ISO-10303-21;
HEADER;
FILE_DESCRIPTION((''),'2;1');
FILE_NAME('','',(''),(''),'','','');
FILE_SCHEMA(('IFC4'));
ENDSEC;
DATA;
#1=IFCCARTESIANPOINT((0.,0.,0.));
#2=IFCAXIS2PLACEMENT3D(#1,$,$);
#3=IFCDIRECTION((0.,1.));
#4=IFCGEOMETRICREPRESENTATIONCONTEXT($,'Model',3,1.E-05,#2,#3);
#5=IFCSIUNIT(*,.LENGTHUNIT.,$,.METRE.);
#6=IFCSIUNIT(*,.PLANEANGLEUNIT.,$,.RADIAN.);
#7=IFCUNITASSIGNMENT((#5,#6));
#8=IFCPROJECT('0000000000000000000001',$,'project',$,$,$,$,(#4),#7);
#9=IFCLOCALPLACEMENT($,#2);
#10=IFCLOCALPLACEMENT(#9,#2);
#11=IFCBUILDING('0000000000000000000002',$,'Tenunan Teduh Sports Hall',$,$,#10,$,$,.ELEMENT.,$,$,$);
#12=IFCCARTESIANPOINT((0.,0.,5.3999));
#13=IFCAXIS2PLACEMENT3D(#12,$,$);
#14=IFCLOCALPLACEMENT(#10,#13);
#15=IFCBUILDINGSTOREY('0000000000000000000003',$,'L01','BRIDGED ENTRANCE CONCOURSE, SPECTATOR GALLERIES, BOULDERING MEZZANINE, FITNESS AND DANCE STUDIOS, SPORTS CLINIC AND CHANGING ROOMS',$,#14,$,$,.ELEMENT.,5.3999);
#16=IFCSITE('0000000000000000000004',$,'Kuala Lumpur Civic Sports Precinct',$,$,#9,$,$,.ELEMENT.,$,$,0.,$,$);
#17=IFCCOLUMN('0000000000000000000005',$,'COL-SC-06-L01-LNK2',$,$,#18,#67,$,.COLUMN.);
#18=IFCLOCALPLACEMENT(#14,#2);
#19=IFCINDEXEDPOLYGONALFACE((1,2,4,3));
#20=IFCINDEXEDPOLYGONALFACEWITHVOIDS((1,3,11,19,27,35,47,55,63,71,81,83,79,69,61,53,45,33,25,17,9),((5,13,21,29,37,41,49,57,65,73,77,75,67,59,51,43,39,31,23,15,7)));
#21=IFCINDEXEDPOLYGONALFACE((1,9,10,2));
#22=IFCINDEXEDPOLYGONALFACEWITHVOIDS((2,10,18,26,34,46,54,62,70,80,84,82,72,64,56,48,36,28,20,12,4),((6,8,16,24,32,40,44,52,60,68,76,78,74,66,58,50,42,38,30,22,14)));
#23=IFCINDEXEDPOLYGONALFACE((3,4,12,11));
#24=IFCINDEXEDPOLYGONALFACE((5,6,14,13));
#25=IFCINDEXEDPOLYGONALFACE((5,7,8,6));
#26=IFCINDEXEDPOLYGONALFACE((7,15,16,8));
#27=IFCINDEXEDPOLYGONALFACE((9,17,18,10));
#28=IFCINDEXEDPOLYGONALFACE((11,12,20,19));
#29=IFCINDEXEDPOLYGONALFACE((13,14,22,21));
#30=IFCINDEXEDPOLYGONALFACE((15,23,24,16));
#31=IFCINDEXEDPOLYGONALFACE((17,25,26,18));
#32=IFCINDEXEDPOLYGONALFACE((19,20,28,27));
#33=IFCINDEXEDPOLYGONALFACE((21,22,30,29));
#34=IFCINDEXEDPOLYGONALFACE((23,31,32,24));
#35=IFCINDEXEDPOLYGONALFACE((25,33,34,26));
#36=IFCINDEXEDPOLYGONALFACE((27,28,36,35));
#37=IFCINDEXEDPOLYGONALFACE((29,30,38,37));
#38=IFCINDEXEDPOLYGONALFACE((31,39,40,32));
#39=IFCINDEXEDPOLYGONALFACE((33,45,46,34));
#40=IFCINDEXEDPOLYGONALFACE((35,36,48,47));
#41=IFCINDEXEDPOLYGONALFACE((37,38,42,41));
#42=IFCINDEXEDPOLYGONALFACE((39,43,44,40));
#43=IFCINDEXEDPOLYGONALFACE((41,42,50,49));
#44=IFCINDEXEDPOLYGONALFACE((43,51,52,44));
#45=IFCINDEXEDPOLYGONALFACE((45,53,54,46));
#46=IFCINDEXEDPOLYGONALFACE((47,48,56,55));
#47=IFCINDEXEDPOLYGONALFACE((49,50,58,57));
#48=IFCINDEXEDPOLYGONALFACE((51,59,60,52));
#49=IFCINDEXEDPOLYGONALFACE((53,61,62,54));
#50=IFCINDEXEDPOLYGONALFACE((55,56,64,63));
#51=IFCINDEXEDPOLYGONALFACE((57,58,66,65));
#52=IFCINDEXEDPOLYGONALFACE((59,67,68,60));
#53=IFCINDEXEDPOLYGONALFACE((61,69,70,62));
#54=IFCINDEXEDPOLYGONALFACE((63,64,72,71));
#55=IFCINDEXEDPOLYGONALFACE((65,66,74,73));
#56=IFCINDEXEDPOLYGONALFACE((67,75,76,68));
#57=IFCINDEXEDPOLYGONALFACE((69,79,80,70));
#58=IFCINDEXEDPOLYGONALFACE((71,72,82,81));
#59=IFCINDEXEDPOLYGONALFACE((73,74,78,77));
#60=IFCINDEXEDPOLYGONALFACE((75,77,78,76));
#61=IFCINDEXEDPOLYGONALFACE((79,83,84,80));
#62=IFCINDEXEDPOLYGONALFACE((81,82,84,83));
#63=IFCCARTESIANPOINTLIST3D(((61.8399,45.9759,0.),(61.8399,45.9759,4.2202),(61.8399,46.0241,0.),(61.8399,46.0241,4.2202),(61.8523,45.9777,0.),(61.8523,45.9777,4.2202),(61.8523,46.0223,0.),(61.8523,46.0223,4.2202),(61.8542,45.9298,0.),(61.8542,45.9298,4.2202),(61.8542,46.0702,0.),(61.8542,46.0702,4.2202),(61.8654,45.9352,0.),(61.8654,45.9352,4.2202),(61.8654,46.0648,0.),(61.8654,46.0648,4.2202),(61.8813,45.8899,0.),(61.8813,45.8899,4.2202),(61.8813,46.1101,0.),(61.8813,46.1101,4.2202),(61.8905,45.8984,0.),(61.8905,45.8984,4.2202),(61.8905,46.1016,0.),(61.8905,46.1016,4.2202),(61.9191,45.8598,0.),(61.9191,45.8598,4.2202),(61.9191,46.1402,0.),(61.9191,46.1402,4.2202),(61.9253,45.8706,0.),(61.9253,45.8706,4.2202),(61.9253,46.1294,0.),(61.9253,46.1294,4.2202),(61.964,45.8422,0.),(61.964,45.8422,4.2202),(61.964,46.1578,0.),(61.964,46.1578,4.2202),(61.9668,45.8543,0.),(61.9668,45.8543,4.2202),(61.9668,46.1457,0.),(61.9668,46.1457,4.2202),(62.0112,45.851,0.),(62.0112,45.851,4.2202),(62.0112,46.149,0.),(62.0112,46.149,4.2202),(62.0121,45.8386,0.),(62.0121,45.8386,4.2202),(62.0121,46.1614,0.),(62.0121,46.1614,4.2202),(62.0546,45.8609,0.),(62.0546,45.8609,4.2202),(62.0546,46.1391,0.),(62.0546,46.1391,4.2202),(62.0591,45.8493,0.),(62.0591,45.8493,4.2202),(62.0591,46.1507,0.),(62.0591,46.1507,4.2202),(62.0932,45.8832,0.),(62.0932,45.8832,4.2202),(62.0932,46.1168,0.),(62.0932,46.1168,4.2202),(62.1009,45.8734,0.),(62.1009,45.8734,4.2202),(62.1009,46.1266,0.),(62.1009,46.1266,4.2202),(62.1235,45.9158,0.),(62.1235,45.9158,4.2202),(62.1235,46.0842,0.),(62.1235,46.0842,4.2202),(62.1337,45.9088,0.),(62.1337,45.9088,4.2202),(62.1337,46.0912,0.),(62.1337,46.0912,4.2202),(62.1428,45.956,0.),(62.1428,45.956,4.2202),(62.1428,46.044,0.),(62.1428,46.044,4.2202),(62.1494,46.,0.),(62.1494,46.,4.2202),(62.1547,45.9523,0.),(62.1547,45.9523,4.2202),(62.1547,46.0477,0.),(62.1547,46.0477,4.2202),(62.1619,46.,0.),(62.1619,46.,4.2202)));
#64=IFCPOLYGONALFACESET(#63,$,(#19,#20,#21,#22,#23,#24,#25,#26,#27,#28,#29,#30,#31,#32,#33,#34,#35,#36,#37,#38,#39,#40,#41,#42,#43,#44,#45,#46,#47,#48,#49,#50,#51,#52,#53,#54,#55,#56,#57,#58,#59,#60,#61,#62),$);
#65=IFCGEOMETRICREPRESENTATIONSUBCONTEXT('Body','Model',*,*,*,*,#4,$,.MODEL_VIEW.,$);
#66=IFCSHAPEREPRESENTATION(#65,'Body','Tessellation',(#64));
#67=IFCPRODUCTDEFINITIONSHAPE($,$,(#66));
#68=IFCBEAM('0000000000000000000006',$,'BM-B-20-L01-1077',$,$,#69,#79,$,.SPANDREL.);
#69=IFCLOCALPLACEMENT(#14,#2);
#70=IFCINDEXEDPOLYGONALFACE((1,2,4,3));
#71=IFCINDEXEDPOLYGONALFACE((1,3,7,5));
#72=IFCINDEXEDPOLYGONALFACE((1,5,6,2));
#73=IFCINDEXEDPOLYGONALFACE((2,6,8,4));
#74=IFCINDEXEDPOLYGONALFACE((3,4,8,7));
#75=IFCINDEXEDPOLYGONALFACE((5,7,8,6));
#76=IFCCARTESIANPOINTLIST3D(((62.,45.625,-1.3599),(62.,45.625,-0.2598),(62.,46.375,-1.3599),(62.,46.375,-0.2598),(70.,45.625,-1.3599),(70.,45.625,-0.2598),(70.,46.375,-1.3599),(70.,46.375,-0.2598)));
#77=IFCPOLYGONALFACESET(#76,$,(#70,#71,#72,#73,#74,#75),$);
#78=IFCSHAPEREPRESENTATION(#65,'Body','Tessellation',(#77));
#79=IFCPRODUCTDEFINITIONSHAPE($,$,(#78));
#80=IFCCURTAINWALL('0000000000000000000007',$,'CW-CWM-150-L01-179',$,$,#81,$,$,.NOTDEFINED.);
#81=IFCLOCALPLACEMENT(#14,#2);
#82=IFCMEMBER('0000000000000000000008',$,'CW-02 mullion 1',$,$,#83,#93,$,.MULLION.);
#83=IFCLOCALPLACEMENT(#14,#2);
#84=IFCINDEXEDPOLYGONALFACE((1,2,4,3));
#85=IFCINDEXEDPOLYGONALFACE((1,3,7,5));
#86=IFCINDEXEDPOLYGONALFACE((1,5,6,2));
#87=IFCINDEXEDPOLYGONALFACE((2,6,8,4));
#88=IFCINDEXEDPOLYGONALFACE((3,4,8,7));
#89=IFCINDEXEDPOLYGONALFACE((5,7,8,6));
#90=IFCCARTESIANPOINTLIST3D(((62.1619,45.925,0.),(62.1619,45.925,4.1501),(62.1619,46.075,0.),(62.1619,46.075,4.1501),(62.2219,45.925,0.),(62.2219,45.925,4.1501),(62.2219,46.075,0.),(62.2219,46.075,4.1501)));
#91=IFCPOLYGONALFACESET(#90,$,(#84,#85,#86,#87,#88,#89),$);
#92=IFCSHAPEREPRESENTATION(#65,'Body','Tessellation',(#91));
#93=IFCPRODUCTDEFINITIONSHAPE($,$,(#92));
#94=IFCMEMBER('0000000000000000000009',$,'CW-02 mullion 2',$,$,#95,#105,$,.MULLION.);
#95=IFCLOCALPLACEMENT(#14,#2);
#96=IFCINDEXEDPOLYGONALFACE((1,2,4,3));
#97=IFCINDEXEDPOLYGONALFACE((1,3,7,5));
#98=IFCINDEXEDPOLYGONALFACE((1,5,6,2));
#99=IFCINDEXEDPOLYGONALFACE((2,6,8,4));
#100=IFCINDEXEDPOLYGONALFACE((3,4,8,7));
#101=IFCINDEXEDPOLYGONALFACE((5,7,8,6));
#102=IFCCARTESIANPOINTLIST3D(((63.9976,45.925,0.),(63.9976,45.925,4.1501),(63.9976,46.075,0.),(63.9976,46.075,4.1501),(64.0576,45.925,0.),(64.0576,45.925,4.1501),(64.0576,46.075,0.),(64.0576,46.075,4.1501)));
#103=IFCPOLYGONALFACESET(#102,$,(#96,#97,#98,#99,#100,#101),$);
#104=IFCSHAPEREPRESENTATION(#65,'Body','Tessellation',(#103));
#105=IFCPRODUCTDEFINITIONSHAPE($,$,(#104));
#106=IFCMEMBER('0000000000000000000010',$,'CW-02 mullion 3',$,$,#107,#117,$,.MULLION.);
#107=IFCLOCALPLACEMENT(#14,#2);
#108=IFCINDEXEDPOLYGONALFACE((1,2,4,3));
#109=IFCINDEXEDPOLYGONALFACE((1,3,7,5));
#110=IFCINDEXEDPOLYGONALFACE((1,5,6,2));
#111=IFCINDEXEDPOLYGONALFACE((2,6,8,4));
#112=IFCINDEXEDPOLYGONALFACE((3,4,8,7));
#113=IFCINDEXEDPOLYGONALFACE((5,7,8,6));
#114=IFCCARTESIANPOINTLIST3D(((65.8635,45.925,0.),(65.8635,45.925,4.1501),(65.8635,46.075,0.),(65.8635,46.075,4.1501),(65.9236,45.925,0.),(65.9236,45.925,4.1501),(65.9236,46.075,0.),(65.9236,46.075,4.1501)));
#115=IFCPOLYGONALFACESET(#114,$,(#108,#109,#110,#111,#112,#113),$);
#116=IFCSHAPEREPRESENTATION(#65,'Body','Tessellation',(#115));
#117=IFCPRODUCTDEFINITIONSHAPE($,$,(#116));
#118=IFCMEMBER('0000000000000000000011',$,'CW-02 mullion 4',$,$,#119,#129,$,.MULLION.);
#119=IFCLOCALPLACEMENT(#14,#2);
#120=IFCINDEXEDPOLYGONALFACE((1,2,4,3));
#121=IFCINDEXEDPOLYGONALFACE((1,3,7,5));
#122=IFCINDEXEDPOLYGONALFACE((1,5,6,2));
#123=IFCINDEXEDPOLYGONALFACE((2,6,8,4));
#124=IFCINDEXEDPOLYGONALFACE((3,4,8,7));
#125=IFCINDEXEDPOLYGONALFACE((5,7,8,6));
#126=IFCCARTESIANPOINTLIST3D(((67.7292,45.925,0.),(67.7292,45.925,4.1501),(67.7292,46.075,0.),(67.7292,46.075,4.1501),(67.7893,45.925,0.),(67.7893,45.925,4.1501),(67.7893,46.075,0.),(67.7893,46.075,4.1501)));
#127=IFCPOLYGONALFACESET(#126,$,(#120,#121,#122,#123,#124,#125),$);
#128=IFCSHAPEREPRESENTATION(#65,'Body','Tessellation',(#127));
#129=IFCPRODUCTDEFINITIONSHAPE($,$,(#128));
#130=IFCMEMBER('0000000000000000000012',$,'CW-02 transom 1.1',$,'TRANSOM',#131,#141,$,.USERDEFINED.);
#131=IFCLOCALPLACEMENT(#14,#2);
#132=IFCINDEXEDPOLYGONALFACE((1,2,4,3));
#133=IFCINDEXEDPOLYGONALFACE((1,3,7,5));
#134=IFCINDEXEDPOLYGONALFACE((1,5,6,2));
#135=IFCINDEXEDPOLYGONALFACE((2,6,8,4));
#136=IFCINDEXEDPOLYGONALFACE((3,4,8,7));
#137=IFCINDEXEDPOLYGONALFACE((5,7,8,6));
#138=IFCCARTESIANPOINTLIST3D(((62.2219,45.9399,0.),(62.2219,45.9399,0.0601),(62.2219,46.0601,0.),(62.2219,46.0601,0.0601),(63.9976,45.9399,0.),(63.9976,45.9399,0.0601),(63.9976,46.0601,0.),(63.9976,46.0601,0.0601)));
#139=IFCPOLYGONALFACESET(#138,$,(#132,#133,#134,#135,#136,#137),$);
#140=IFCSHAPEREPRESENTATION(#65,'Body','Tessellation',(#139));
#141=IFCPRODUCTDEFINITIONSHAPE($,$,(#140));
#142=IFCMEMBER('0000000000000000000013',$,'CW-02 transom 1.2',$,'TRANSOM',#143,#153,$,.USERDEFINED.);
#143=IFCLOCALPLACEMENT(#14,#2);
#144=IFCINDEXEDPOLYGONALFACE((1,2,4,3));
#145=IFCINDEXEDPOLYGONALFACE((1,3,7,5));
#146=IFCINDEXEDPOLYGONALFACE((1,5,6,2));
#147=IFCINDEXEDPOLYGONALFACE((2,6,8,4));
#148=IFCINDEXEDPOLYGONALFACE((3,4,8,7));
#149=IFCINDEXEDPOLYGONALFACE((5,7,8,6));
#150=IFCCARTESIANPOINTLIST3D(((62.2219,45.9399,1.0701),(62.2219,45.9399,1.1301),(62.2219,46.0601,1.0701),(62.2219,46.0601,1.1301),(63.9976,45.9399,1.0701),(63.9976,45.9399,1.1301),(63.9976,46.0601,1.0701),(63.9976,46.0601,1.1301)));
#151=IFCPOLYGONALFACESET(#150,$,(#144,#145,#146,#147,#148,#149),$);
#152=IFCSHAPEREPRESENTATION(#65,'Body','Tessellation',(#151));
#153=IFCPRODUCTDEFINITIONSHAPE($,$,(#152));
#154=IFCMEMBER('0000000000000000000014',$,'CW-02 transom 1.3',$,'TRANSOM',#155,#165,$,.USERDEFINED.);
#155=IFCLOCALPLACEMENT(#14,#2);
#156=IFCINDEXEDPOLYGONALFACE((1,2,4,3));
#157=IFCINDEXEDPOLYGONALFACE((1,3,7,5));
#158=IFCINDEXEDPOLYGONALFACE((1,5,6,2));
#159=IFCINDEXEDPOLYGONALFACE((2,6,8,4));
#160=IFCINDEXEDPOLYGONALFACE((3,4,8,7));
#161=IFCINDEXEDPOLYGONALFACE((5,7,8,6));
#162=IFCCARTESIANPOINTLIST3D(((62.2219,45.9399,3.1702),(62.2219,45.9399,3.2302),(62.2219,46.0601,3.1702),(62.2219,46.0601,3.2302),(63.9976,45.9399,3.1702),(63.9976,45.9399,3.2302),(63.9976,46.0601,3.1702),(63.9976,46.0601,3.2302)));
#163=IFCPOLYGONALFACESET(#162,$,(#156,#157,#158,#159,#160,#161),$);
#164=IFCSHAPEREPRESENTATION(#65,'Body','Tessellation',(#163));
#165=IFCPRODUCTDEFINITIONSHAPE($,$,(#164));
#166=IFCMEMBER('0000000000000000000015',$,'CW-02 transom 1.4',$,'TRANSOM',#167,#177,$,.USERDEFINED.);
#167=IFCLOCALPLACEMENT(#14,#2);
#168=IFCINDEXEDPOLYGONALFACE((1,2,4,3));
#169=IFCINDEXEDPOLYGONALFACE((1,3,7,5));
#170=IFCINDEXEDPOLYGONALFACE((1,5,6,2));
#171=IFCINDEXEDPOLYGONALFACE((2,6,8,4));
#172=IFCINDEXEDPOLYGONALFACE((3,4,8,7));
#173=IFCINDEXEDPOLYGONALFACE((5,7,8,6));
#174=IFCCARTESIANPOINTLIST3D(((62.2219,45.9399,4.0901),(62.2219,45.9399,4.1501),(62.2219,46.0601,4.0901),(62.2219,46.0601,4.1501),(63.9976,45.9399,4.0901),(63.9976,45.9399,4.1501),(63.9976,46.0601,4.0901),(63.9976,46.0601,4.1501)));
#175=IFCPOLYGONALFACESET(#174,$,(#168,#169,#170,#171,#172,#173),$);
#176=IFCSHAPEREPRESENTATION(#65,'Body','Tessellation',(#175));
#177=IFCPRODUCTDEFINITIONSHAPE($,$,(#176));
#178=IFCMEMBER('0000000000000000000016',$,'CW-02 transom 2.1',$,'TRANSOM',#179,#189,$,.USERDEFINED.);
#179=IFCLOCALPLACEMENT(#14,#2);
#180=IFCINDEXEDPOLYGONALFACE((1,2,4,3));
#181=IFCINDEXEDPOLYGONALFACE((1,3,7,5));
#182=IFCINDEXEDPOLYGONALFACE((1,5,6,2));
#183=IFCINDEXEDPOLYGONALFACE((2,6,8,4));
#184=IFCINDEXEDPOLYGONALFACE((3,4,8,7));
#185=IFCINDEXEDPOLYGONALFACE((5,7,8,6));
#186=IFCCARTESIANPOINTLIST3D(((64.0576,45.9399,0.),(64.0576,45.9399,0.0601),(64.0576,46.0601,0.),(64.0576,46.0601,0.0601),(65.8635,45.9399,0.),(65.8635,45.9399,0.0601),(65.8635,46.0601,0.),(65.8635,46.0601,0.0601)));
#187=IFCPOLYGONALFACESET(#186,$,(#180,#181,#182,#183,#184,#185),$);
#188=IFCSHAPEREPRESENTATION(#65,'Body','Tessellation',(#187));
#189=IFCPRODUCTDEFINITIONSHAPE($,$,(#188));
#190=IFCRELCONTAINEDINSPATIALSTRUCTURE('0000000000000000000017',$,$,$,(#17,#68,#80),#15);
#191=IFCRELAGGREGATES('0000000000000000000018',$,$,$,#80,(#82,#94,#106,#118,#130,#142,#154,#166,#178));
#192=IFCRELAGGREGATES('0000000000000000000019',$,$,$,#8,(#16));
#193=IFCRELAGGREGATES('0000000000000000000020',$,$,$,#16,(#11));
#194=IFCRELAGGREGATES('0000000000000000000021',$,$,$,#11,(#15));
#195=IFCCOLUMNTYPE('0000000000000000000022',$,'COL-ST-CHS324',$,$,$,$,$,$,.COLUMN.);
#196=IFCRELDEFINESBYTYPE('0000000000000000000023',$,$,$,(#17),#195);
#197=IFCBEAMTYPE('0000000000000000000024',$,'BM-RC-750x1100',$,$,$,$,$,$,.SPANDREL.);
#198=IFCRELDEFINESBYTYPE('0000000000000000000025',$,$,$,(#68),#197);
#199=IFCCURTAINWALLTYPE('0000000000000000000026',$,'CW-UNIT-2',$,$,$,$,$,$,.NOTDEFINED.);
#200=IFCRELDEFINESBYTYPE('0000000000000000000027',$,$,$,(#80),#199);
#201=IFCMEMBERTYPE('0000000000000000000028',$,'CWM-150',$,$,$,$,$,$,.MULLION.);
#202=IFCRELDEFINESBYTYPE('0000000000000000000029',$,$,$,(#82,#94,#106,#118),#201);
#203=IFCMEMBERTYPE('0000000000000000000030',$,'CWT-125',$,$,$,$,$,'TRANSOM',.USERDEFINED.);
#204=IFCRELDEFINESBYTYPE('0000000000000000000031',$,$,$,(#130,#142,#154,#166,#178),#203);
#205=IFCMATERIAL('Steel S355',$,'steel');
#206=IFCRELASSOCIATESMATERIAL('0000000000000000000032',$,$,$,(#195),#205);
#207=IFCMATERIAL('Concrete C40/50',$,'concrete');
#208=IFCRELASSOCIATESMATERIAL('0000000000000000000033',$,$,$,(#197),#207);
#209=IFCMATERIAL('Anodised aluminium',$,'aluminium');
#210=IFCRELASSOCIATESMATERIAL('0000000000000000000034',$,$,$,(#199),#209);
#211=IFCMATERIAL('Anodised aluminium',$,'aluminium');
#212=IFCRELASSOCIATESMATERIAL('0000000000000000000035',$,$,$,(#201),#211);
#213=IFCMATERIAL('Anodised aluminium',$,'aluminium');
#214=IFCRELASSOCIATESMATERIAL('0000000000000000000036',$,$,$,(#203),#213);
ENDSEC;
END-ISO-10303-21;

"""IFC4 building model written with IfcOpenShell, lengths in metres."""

from ifc_helpers import new_model, si_unit, direction, frame, origin, origin_2d, place, context, subcontext, project, spatial, rectangle, hollow_circle, extrude, material, material_profile, profile_set, type_object, element, aggregate, save


model = new_model("IFC4")

# Units and contexts
model_context = context("Model", 3, precision=1e-05, world=origin(), true_north=direction((0.0, 1.0)))
body_context = subcontext(model_context, "Body", "Model", "MODEL_VIEW")
ifc_project = project(units=[si_unit("LENGTHUNIT", "METRE"), si_unit("PLANEANGLEUNIT", "RADIAN")], contexts=[model_context])

# Site, building, storey
site_placement = place(None, origin())
site = spatial("IfcSite", under=ifc_project, at=site_placement, Name="Kuala Lumpur Civic Sports Precinct", CompositionType="ELEMENT", RefElevation=0.0)
building_placement = place(site_placement, origin())
building = spatial("IfcBuilding", under=site, at=building_placement, Name="Tenunan Teduh Sports Hall", CompositionType="ELEMENT")
storey_placement = place(building_placement, frame((0.0, 0.0, 5.3999)))
storey = spatial("IfcBuildingStorey", under=building, at=storey_placement, Name="L01", Description="BRIDGED ENTRANCE CONCOURSE, SPECTATOR GALLERIES, BOULDERING MEZZANINE, FITNESS AND DANCE STUDIOS, SPORTS CLINIC AND CHANGING ROOMS", CompositionType="ELEMENT", Elevation=5.3999)

# Column
ifc_material_1 = material(Name="Steel S355", Category="steel")
ifc_material_profile_1 = material_profile(ifc_material_1, hollow_circle(Radius=0.1619, WallThickness=0.0125, at=origin_2d()), Name="CHS 323.9x12.5")
ifc_profile_set_1 = profile_set([ifc_material_profile_1], Name="Steel S355")
column_type = type_object("IfcColumnType", Name="COL-ST-CHS324", PredefinedType="COLUMN", material=ifc_profile_set_1)
column_placement = place(storey_placement, frame((62.0, 46.0, 0.0), z_axis=(0.0, 0.0, 1.0), x_axis=(1.0, 0.0, 0.0)))
element("IfcColumn", 1, at=column_placement, inside=storey, type_object=column_type, Name="COL-SC-06-L01-LNK2", PredefinedType="COLUMN", context=body_context, shape_type="SweptSolid", body=[
    extrude(hollow_circle(Radius=0.1619, WallThickness=0.0125, at=origin_2d()), origin(), (0.0, 0.0, 1.0), 4.2202),
])

# Beam
ifc_material_2 = material(Name="Concrete C40/50", Category="concrete")
ifc_material_profile_2 = material_profile(ifc_material_2, rectangle(XDim=0.75, YDim=1.1001, at=origin_2d()), Name="RCB 750x1100")
ifc_profile_set_2 = profile_set([ifc_material_profile_2], Name="Concrete C40/50")
beam_type_1 = type_object("IfcBeamType", Name="BM-RC-750x1100", PredefinedType="SPANDREL", material=ifc_profile_set_2)
beam_1_placement = place(storey_placement, frame((62.0, 46.0, -0.8098), z_axis=(1.0, 0.0, 0.0), x_axis=(0.0, 1.0, 0.0)))
element("IfcBeam", 2, at=beam_1_placement, inside=storey, type_object=beam_type_1, Name="BM-B-20-L01-1077", PredefinedType="SPANDREL", context=body_context, shape_type="SweptSolid", body=[
    extrude(rectangle(XDim=0.75, YDim=1.1001, at=origin_2d()), origin(), (0.0, 0.0, 1.0), 8.0),
])

# Curtain wall, members
ifc_material_3 = material(Name="Anodised aluminium", Category="aluminium")
curtain_wall_type = type_object("IfcCurtainWallType", Name="CW-UNIT-2", PredefinedType="NOTDEFINED", material=ifc_material_3)
curtain_wall_placement = place(storey_placement, origin())
curtain_wall = element("IfcCurtainWall", 3, at=curtain_wall_placement, inside=storey, type_object=curtain_wall_type, Name="CW-CWM-150-L01-179", PredefinedType="NOTDEFINED")
ifc_material_4 = material(Name="Anodised aluminium", Category="aluminium")
ifc_material_profile_3 = material_profile(ifc_material_4, rectangle(XDim=0.0601, YDim=0.1499, at=origin_2d()), Name="CWM 60x150")
ifc_profile_set_3 = profile_set([ifc_material_profile_3], Name="Anodised aluminium")
member_type_1 = type_object("IfcMemberType", Name="CWM-150", PredefinedType="MULLION", material=ifc_profile_set_3)
member_1_placement = place(storey_placement, frame((62.1919, 46.0, 0.0), z_axis=(0.0, 0.0, 1.0), x_axis=(1.0, 0.0, 0.0)))
member_1 = element("IfcMember", 4, at=member_1_placement, type_object=member_type_1, Name="CW-02 mullion 1", PredefinedType="MULLION", context=body_context, shape_type="SweptSolid", body=[
    extrude(rectangle(XDim=0.0601, YDim=0.1499, at=origin_2d()), origin(), (0.0, 0.0, 1.0), 4.1501),
])
member_2_placement = place(storey_placement, frame((64.0276, 46.0, 0.0), z_axis=(0.0, 0.0, 1.0), x_axis=(1.0, 0.0, 0.0)))
member_2 = element("IfcMember", 5, at=member_2_placement, type_object=member_type_1, Name="CW-02 mullion 2", PredefinedType="MULLION", context=body_context, shape_type="SweptSolid", body=[
    extrude(rectangle(XDim=0.0601, YDim=0.1499, at=origin_2d()), origin(), (0.0, 0.0, 1.0), 4.1501),
])
member_3_placement = place(storey_placement, frame((65.8936, 46.0, 0.0), z_axis=(0.0, 0.0, 1.0), x_axis=(1.0, 0.0, 0.0)))
member_3 = element("IfcMember", 6, at=member_3_placement, type_object=member_type_1, Name="CW-02 mullion 3", PredefinedType="MULLION", context=body_context, shape_type="SweptSolid", body=[
    extrude(rectangle(XDim=0.0601, YDim=0.1499, at=origin_2d()), origin(), (0.0, 0.0, 1.0), 4.1501),
])
member_4_placement = place(storey_placement, frame((67.7593, 46.0, 0.0), z_axis=(0.0, 0.0, 1.0), x_axis=(1.0, 0.0, 0.0)))
member_4 = element("IfcMember", 7, at=member_4_placement, type_object=member_type_1, Name="CW-02 mullion 4", PredefinedType="MULLION", context=body_context, shape_type="SweptSolid", body=[
    extrude(rectangle(XDim=0.0601, YDim=0.1499, at=origin_2d()), origin(), (0.0, 0.0, 1.0), 4.1501),
])
ifc_material_5 = material(Name="Anodised aluminium", Category="aluminium")
ifc_material_profile_4 = material_profile(ifc_material_5, rectangle(XDim=0.0601, YDim=0.1201, at=origin_2d()), Name="CWT 60x120")
ifc_profile_set_4 = profile_set([ifc_material_profile_4], Name="Anodised aluminium")
member_type_2 = type_object("IfcMemberType", Name="CWT-125", ElementType="TRANSOM", PredefinedType="USERDEFINED", material=ifc_profile_set_4)
member_5_placement = place(storey_placement, frame((62.2219, 46.0, 0.03), z_axis=(1.0, 0.0, 0.0), x_axis=(0.0, 0.0, 1.0)))
member_5 = element("IfcMember", 8, at=member_5_placement, type_object=member_type_2, Name="CW-02 transom 1.1", ObjectType="TRANSOM", PredefinedType="USERDEFINED", context=body_context, shape_type="SweptSolid", body=[
    extrude(rectangle(XDim=0.0601, YDim=0.1201, at=origin_2d()), origin(), (0.0, 0.0, 1.0), 1.7756),
])
member_6_placement = place(storey_placement, frame((62.2219, 46.0, 1.1001), z_axis=(1.0, 0.0, 0.0), x_axis=(0.0, 0.0, 1.0)))
member_6 = element("IfcMember", 9, at=member_6_placement, type_object=member_type_2, Name="CW-02 transom 1.2", ObjectType="TRANSOM", PredefinedType="USERDEFINED", context=body_context, shape_type="SweptSolid", body=[
    extrude(rectangle(XDim=0.0601, YDim=0.1201, at=origin_2d()), origin(), (0.0, 0.0, 1.0), 1.7756),
])
member_7_placement = place(storey_placement, frame((62.2219, 46.0, 3.2002), z_axis=(1.0, 0.0, 0.0), x_axis=(0.0, 0.0, 1.0)))
member_7 = element("IfcMember", 10, at=member_7_placement, type_object=member_type_2, Name="CW-02 transom 1.3", ObjectType="TRANSOM", PredefinedType="USERDEFINED", context=body_context, shape_type="SweptSolid", body=[
    extrude(rectangle(XDim=0.0601, YDim=0.1201, at=origin_2d()), origin(), (0.0, 0.0, 1.0), 1.7756),
])
member_8_placement = place(storey_placement, frame((62.2219, 46.0, 4.1201), z_axis=(1.0, 0.0, 0.0), x_axis=(0.0, 0.0, 1.0)))
member_8 = element("IfcMember", 11, at=member_8_placement, type_object=member_type_2, Name="CW-02 transom 1.4", ObjectType="TRANSOM", PredefinedType="USERDEFINED", context=body_context, shape_type="SweptSolid", body=[
    extrude(rectangle(XDim=0.0601, YDim=0.1201, at=origin_2d()), origin(), (0.0, 0.0, 1.0), 1.7756),
])
member_9_placement = place(storey_placement, frame((64.0576, 46.0, 0.03), z_axis=(1.0, 0.0, 0.0), x_axis=(0.0, 0.0, 1.0)))
member_9 = element("IfcMember", 12, at=member_9_placement, type_object=member_type_2, Name="CW-02 transom 2.1", ObjectType="TRANSOM", PredefinedType="USERDEFINED", context=body_context, shape_type="SweptSolid", body=[
    extrude(rectangle(XDim=0.0601, YDim=0.1201, at=origin_2d()), origin(), (0.0, 0.0, 1.0), 1.8059),
])

aggregate(curtain_wall, [member_1, member_2, member_3, member_4, member_5, member_6, member_7, member_8, member_9])

save(model, "model.ifc")
